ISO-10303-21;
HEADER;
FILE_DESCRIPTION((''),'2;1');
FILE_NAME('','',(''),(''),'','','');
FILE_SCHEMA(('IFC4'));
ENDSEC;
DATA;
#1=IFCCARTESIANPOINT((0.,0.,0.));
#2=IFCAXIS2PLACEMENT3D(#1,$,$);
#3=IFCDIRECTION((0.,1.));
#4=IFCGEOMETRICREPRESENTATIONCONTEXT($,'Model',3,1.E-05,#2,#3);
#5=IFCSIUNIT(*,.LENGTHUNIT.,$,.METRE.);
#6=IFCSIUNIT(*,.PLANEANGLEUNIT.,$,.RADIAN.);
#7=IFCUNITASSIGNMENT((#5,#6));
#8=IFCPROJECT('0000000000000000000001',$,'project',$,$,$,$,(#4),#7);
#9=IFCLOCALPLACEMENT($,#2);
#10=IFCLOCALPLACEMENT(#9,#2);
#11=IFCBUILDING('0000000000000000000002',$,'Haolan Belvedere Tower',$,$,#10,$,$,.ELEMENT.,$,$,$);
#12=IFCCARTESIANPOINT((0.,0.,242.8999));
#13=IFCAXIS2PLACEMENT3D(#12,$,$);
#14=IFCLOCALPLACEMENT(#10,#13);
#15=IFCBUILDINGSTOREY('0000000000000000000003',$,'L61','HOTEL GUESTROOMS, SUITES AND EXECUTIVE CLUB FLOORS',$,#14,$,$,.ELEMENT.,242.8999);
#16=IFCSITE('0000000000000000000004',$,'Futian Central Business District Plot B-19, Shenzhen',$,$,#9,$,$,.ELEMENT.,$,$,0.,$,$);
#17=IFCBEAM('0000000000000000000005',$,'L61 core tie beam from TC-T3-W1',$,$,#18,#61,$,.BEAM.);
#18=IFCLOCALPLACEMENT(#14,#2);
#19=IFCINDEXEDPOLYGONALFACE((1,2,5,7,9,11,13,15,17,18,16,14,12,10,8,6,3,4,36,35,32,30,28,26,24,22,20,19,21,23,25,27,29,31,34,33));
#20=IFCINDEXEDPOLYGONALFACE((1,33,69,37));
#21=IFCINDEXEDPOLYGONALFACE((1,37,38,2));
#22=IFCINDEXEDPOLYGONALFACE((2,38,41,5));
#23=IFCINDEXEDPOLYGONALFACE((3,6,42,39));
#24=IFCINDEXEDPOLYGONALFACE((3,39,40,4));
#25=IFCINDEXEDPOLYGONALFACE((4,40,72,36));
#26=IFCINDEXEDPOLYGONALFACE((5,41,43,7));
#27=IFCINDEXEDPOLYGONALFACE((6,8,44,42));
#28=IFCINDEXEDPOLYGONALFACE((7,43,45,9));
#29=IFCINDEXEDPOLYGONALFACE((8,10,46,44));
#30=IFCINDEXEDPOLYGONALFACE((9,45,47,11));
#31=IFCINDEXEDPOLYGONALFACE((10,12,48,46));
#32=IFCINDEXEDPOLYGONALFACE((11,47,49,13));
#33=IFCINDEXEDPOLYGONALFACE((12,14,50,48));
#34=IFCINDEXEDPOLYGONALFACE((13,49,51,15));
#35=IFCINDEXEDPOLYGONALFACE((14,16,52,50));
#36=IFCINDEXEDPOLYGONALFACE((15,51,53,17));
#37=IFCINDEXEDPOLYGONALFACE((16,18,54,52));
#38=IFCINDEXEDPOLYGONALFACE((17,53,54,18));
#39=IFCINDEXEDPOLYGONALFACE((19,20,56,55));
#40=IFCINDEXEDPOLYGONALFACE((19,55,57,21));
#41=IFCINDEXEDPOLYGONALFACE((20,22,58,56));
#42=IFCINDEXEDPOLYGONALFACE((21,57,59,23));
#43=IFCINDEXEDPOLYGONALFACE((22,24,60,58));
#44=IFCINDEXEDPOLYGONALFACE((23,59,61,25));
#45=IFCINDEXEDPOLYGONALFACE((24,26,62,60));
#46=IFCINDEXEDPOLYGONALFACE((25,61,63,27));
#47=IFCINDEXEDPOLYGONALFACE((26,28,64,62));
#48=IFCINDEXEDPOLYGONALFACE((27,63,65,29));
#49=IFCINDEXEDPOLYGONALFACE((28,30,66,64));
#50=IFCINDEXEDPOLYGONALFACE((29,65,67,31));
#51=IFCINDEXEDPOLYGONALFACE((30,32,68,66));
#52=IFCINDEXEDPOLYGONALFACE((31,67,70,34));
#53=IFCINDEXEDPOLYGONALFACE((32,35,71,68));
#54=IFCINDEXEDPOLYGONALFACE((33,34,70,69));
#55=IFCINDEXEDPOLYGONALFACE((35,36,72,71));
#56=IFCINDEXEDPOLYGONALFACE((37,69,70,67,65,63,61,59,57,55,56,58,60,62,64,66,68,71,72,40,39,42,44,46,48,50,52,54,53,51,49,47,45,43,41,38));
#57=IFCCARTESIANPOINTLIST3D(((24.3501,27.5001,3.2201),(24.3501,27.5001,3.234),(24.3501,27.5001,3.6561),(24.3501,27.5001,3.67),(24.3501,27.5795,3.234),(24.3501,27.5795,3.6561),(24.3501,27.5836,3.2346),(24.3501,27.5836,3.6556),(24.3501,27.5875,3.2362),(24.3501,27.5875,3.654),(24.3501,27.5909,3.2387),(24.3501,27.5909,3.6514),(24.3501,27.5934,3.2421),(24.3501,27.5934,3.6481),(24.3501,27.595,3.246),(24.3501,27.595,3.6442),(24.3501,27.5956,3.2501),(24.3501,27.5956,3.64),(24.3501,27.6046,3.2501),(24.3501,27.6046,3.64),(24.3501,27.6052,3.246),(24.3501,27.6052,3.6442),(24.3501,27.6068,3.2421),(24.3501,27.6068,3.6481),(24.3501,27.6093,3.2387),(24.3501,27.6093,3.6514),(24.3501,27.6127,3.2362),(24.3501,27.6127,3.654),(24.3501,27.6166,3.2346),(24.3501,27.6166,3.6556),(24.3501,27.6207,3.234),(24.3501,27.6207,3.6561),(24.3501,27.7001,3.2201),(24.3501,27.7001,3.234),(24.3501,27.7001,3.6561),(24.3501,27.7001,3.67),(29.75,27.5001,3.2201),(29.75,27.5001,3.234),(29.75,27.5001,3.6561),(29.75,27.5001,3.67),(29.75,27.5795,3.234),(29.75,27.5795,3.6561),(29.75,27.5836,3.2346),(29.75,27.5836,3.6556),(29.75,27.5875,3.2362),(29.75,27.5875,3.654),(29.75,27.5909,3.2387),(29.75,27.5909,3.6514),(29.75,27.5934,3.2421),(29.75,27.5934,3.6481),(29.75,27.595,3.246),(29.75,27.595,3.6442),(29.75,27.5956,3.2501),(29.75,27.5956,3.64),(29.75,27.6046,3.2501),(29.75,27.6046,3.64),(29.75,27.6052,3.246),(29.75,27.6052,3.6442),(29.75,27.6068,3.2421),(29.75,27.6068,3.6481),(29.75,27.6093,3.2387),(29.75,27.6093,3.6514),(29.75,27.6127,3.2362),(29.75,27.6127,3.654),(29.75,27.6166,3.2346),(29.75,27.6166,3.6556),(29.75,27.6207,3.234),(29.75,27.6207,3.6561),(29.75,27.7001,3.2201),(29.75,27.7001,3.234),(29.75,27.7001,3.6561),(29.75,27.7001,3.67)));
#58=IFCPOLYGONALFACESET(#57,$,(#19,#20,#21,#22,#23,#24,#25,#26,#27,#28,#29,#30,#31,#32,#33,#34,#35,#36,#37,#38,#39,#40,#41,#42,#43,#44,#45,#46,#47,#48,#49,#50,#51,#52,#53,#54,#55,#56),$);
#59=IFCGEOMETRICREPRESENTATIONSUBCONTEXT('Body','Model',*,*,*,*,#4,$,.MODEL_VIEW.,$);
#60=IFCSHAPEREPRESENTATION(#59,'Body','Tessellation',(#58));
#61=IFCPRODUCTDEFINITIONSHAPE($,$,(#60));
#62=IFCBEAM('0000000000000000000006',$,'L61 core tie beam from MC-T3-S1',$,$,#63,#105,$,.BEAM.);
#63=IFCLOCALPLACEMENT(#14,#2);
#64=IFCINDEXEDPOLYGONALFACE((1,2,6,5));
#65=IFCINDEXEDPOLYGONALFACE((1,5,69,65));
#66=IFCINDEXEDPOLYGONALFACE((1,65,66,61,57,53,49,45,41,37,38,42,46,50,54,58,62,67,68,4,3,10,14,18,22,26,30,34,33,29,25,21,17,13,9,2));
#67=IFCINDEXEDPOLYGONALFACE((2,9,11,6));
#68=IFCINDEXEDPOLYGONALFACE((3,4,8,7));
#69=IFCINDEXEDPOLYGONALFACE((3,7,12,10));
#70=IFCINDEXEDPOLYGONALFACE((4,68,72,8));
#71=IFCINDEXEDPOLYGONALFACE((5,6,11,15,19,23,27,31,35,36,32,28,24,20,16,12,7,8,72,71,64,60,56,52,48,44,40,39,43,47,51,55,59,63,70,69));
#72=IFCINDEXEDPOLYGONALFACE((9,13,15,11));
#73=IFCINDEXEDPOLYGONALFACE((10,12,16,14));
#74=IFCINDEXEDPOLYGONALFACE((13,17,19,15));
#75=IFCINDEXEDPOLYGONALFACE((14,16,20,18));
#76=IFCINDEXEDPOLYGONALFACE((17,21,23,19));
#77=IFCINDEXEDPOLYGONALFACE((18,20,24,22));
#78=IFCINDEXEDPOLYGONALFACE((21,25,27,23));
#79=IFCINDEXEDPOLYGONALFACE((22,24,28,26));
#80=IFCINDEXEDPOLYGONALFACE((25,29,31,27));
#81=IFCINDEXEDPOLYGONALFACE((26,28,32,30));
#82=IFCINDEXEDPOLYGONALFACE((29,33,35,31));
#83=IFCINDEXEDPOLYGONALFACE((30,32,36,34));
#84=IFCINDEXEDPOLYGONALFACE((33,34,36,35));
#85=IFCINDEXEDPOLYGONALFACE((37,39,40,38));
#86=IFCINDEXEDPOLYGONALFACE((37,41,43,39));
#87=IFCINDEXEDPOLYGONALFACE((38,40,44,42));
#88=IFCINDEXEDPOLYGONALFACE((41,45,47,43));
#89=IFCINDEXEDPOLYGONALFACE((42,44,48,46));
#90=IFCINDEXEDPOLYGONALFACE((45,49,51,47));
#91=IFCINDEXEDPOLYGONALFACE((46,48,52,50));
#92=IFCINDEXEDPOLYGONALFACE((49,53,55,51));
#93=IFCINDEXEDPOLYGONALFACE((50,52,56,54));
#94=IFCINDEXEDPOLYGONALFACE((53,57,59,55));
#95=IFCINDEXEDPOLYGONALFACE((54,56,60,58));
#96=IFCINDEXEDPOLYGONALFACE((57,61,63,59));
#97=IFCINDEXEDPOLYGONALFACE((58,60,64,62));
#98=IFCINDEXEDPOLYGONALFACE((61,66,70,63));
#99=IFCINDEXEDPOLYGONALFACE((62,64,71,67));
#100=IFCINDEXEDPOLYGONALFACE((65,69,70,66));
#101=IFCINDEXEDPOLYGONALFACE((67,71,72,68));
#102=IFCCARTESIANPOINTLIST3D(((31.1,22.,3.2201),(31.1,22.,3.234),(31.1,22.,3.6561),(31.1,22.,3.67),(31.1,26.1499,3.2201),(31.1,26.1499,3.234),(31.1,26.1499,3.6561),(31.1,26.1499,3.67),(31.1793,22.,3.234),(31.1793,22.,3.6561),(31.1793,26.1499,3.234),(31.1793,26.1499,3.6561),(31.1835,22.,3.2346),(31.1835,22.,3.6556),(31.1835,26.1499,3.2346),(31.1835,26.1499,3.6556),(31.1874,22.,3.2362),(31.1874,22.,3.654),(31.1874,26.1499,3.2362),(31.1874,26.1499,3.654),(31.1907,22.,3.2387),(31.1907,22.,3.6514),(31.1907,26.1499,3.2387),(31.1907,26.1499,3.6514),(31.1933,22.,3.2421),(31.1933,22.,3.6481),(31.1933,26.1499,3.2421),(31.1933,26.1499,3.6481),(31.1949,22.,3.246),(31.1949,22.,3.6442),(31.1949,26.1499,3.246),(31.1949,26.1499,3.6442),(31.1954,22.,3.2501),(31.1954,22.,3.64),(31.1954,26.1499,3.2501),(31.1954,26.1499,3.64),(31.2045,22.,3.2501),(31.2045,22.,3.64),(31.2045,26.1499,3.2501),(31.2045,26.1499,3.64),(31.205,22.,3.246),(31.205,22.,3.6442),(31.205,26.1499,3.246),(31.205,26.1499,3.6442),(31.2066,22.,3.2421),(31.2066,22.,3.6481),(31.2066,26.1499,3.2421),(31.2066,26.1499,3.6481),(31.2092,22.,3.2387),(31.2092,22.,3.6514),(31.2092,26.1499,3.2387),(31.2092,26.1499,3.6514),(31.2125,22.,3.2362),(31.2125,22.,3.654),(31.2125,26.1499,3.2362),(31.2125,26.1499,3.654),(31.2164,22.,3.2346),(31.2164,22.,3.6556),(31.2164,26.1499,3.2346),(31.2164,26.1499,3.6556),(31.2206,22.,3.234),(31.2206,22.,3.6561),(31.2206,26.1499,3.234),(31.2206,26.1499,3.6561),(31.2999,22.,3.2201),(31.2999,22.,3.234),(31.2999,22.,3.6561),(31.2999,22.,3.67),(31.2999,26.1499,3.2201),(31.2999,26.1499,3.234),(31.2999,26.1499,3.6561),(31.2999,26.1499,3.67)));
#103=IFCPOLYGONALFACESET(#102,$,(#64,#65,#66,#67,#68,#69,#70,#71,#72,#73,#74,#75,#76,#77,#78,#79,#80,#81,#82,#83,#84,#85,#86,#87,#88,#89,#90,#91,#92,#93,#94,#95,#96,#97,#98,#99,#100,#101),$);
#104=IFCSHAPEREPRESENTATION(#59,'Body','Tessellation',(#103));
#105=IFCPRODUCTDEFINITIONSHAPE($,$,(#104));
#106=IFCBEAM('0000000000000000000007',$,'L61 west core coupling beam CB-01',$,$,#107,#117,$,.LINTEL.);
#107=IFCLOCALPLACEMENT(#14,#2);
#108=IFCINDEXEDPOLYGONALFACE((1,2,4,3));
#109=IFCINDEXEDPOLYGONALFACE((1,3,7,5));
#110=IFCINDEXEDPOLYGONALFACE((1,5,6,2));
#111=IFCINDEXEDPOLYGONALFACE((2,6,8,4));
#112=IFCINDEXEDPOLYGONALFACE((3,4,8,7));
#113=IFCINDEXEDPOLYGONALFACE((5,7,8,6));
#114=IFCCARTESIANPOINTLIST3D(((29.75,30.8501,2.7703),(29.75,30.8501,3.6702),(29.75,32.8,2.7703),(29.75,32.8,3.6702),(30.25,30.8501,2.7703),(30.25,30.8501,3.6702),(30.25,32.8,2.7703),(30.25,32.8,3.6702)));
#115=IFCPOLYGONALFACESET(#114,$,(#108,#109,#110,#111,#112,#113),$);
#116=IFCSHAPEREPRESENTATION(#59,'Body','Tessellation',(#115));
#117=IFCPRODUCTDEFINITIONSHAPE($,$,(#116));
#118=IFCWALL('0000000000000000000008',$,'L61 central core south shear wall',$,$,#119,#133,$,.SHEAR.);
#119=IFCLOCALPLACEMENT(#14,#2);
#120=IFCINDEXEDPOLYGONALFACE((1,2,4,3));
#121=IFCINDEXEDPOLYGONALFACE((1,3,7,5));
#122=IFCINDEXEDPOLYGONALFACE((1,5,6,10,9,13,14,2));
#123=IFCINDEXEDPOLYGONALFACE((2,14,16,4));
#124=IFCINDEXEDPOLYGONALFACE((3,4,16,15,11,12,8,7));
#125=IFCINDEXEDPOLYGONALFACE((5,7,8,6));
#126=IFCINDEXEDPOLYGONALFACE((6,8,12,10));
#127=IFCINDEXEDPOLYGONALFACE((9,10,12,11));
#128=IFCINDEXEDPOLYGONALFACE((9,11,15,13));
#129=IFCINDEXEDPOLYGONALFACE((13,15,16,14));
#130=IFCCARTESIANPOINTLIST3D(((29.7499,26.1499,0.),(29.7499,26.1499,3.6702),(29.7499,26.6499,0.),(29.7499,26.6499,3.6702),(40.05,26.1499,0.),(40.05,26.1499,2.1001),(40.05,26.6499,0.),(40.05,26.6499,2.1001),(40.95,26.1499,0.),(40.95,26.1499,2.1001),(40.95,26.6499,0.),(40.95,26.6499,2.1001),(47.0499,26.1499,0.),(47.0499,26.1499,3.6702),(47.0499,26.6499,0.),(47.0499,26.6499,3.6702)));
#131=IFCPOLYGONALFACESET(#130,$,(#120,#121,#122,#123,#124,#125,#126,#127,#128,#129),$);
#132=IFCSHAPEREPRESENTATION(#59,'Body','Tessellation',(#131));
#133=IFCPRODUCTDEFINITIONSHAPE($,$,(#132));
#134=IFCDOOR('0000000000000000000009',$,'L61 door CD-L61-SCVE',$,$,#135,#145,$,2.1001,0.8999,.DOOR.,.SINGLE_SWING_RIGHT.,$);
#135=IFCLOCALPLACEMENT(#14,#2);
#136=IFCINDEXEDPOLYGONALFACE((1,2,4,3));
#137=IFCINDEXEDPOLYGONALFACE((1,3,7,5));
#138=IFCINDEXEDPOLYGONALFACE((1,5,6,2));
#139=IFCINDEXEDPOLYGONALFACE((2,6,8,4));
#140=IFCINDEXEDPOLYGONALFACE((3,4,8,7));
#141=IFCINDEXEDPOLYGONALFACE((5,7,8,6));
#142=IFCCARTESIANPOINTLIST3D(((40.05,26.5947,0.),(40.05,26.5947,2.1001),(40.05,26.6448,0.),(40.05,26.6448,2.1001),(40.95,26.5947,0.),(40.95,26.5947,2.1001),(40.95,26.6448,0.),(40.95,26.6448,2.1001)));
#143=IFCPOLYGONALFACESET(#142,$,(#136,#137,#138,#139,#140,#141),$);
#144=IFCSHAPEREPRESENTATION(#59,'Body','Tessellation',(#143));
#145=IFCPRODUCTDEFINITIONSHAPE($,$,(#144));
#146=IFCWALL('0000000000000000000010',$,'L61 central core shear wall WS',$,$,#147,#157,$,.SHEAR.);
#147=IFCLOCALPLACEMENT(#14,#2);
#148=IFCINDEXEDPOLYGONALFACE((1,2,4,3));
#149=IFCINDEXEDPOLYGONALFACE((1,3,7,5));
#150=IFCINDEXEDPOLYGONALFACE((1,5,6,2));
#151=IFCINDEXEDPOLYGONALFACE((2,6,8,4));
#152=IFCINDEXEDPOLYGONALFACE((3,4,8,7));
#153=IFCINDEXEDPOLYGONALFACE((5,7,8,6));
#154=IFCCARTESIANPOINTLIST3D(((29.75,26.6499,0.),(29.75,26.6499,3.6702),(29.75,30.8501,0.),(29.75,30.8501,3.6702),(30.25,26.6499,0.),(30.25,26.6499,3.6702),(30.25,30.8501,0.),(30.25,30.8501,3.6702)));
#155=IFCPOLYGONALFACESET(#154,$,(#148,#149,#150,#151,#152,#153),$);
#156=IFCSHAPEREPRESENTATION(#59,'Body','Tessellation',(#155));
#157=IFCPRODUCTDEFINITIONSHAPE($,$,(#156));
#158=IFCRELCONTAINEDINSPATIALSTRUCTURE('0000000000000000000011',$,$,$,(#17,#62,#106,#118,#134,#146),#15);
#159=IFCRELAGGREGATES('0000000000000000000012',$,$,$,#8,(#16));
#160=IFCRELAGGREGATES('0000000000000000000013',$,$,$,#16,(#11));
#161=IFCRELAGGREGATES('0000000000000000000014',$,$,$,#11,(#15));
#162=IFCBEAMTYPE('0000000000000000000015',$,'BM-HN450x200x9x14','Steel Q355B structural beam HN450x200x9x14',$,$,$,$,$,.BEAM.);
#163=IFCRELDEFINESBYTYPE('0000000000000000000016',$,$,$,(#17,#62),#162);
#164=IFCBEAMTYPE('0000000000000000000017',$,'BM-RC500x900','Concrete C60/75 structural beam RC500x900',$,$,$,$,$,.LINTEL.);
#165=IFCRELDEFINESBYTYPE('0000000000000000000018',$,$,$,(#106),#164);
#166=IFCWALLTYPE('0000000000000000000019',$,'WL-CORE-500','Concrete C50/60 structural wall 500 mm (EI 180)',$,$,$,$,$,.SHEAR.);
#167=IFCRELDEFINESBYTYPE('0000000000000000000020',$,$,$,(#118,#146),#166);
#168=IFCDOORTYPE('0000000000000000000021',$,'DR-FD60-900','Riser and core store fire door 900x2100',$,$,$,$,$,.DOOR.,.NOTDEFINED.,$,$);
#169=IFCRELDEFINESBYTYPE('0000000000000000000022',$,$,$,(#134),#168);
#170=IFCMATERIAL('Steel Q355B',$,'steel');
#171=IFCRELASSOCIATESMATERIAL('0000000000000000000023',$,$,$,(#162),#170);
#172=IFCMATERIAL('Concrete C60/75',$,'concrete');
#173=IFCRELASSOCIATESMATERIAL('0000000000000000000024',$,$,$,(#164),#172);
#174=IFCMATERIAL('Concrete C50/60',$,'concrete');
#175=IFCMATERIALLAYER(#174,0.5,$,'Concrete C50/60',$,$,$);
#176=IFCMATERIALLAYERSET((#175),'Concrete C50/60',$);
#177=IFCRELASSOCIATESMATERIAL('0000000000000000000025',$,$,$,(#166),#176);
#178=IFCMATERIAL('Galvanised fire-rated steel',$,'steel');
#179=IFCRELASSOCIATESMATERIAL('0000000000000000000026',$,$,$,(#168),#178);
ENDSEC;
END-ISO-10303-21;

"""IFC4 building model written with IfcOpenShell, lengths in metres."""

from ifc_helpers import new_model, si_unit, direction, frame, frame_2d, origin, origin_2d, place, context, subcontext, project, spatial, rectangle, i_section, extrude, material, layer, layer_set, material_profile, profile_set, type_object, element, fill, save


model = new_model("IFC4")

# Units and contexts
model_context = context("Model", 3, precision=1e-05, world=origin(), true_north=direction((0.0, 1.0)))
body_context = subcontext(model_context, "Body", "Model", "MODEL_VIEW")
ifc_project = project(units=[si_unit("LENGTHUNIT", "METRE"), si_unit("PLANEANGLEUNIT", "RADIAN")], contexts=[model_context])

# Site, building, storey
site_placement = place(None, origin())
site = spatial("IfcSite", under=ifc_project, at=site_placement, Name="Futian Central Business District Plot B-19, Shenzhen", CompositionType="ELEMENT", RefElevation=0.0)
building_placement = place(site_placement, origin())
building = spatial("IfcBuilding", under=site, at=building_placement, Name="Haolan Belvedere Tower", CompositionType="ELEMENT")
storey_placement = place(building_placement, frame((0.0, 0.0, 242.8999)))
storey = spatial("IfcBuildingStorey", under=building, at=storey_placement, Name="L61", Description="HOTEL GUESTROOMS, SUITES AND EXECUTIVE CLUB FLOORS", CompositionType="ELEMENT", Elevation=242.8999)

# Beams
ifc_material_1 = material(Name="Steel Q355B", Category="steel")
ifc_material_profile_1 = material_profile(ifc_material_1, i_section(OverallWidth=0.2, OverallDepth=0.45, WebThickness=0.009, FlangeThickness=0.0139, FilletRadius=0.0161, at=origin_2d()), Name="Steel Q355B")
ifc_profile_set_1 = profile_set([ifc_material_profile_1], Name="Steel Q355B")
beam_type_1 = type_object("IfcBeamType", Name="BM-HN450x200x9x14", Description="Steel Q355B structural beam HN450x200x9x14", PredefinedType="BEAM", material=ifc_profile_set_1)
beam_1_placement = place(storey_placement, frame((24.3501, 27.6001, 3.4451), z_axis=(1.0, 0.0, 0.0), x_axis=(0.0, 1.0, 0.0)))
element("IfcBeam", 1, at=beam_1_placement, inside=storey, type_object=beam_type_1, Name="L61 core tie beam from TC-T3-W1", PredefinedType="BEAM", context=body_context, shape_type="SweptSolid", body=[
    extrude(i_section(OverallWidth=0.2, OverallDepth=0.45, WebThickness=0.009, FlangeThickness=0.0139, FilletRadius=0.0161, at=origin_2d()), origin(), (0.0, 0.0, 1.0), 5.3999),
])
beam_2_placement = place(storey_placement, frame((31.2, 22.0, 3.4451), z_axis=(0.0, 1.0, 0.0), x_axis=(-1.0, 0.0, 0.0)))
element("IfcBeam", 2, at=beam_2_placement, inside=storey, type_object=beam_type_1, Name="L61 core tie beam from MC-T3-S1", PredefinedType="BEAM", context=body_context, shape_type="SweptSolid", body=[
    extrude(i_section(OverallWidth=0.2, OverallDepth=0.45, WebThickness=0.009, FlangeThickness=0.0139, FilletRadius=0.0161, at=origin_2d()), origin(), (0.0, 0.0, 1.0), 4.1499),
])
ifc_material_2 = material(Name="Concrete C60/75", Category="concrete")
ifc_material_profile_2 = material_profile(ifc_material_2, rectangle(XDim=0.5, YDim=0.8999, at=origin_2d()), Name="Concrete C60/75")
ifc_profile_set_2 = profile_set([ifc_material_profile_2], Name="Concrete C60/75")
beam_type_2 = type_object("IfcBeamType", Name="BM-RC500x900", Description="Concrete C60/75 structural beam RC500x900", PredefinedType="LINTEL", material=ifc_profile_set_2)
beam_3_placement = place(storey_placement, frame((30.0, 30.8501, 3.2202), z_axis=(0.0, 1.0, 0.0), x_axis=(-1.0, 0.0, 0.0)))
element("IfcBeam", 3, at=beam_3_placement, inside=storey, type_object=beam_type_2, Name="L61 west core coupling beam CB-01", PredefinedType="LINTEL", context=body_context, shape_type="SweptSolid", body=[
    extrude(rectangle(XDim=0.5, YDim=0.8999, at=origin_2d()), origin(), (0.0, 0.0, 1.0), 1.95),
])

# Wall, opening, door
ifc_material_3 = material(Name="Concrete C50/60", Category="concrete")
ifc_layer_1 = layer(ifc_material_3, 0.5, Name="Concrete C50/60")
ifc_layer_set_1 = layer_set([ifc_layer_1], Name="Concrete C50/60")
wall_type_1 = type_object("IfcWallType", Name="WL-CORE-500", Description="Concrete C50/60 structural wall 500 mm (EI 180)", PredefinedType="SHEAR", material=ifc_layer_set_1)
wall_1_placement = place(storey_placement, frame((29.75, 26.3999, 0.0), z_axis=(0.0, 0.0, 1.0), x_axis=(1.0, 0.0, 0.0)))
wall_1 = element("IfcWall", 4, at=wall_1_placement, inside=storey, type_object=wall_type_1, Name="L61 central core south shear wall", PredefinedType="SHEAR", context=body_context, shape_type="SweptSolid", body=[
    extrude(rectangle(XDim=17.3, YDim=0.5, at=frame_2d((8.6499, 0.0))), origin(), (0.0, 0.0, 1.0), 3.6702),
])
opening_1_placement = place(wall_1_placement, frame((11.2, 0.0, 0.0), z_axis=(0.0, 0.0, 1.0), x_axis=(-1.0, 0.0, 0.0)))
opening_1 = element("IfcOpeningElement", 5, at=opening_1_placement, cuts=wall_1, PredefinedType="OPENING", context=body_context, shape_type="SweptSolid", body=[
    extrude(rectangle(XDim=0.8999, YDim=2.1001, at=frame_2d((0.45, 1.05))), frame((0.0, 0.26, 0.0), z_axis=(0.0, -1.0, 0.0), x_axis=(1.0, 0.0, 0.0)), (0.0, 0.0, 1.0), 0.52),
])
ifc_material_4 = material(Name="Galvanised fire-rated steel", Category="steel")
door_type_1 = type_object("IfcDoorType", Name="DR-FD60-900", Description="Riser and core store fire door 900x2100", OperationType="NOTDEFINED", PredefinedType="DOOR", material=ifc_material_4)
door_1_placement = place(opening_1_placement, origin())
door_1 = element("IfcDoor", 6, at=door_1_placement, inside=storey, type_object=door_type_1, Name="L61 door CD-L61-SCVE", OperationType="SINGLE_SWING_RIGHT", OverallHeight=2.1001, OverallWidth=0.8999, PredefinedType="DOOR", context=body_context, shape_type="SweptSolid", body=[
    extrude(rectangle(XDim=0.8999, YDim=2.1001, at=frame_2d((0.45, 1.05))), frame((0.0, -0.1948, 0.0), z_axis=(0.0, -1.0, 0.0), x_axis=(1.0, 0.0, 0.0)), (0.0, 0.0, 1.0), 0.05),
])
fill(opening_1, door_1)

# Wall
wall_2_placement = place(storey_placement, frame((30.0, 26.6499, 0.0), z_axis=(0.0, 0.0, 1.0), x_axis=(0.0, 1.0, 0.0)))
element("IfcWall", 7, at=wall_2_placement, inside=storey, type_object=wall_type_1, Name="L61 central core shear wall WS", PredefinedType="SHEAR", context=body_context, shape_type="SweptSolid", body=[
    extrude(rectangle(XDim=4.2002, YDim=0.5, at=frame_2d((2.1001, 0.0))), origin(), (0.0, 0.0, 1.0), 3.6702),
])

save(model, "model.ifc")
